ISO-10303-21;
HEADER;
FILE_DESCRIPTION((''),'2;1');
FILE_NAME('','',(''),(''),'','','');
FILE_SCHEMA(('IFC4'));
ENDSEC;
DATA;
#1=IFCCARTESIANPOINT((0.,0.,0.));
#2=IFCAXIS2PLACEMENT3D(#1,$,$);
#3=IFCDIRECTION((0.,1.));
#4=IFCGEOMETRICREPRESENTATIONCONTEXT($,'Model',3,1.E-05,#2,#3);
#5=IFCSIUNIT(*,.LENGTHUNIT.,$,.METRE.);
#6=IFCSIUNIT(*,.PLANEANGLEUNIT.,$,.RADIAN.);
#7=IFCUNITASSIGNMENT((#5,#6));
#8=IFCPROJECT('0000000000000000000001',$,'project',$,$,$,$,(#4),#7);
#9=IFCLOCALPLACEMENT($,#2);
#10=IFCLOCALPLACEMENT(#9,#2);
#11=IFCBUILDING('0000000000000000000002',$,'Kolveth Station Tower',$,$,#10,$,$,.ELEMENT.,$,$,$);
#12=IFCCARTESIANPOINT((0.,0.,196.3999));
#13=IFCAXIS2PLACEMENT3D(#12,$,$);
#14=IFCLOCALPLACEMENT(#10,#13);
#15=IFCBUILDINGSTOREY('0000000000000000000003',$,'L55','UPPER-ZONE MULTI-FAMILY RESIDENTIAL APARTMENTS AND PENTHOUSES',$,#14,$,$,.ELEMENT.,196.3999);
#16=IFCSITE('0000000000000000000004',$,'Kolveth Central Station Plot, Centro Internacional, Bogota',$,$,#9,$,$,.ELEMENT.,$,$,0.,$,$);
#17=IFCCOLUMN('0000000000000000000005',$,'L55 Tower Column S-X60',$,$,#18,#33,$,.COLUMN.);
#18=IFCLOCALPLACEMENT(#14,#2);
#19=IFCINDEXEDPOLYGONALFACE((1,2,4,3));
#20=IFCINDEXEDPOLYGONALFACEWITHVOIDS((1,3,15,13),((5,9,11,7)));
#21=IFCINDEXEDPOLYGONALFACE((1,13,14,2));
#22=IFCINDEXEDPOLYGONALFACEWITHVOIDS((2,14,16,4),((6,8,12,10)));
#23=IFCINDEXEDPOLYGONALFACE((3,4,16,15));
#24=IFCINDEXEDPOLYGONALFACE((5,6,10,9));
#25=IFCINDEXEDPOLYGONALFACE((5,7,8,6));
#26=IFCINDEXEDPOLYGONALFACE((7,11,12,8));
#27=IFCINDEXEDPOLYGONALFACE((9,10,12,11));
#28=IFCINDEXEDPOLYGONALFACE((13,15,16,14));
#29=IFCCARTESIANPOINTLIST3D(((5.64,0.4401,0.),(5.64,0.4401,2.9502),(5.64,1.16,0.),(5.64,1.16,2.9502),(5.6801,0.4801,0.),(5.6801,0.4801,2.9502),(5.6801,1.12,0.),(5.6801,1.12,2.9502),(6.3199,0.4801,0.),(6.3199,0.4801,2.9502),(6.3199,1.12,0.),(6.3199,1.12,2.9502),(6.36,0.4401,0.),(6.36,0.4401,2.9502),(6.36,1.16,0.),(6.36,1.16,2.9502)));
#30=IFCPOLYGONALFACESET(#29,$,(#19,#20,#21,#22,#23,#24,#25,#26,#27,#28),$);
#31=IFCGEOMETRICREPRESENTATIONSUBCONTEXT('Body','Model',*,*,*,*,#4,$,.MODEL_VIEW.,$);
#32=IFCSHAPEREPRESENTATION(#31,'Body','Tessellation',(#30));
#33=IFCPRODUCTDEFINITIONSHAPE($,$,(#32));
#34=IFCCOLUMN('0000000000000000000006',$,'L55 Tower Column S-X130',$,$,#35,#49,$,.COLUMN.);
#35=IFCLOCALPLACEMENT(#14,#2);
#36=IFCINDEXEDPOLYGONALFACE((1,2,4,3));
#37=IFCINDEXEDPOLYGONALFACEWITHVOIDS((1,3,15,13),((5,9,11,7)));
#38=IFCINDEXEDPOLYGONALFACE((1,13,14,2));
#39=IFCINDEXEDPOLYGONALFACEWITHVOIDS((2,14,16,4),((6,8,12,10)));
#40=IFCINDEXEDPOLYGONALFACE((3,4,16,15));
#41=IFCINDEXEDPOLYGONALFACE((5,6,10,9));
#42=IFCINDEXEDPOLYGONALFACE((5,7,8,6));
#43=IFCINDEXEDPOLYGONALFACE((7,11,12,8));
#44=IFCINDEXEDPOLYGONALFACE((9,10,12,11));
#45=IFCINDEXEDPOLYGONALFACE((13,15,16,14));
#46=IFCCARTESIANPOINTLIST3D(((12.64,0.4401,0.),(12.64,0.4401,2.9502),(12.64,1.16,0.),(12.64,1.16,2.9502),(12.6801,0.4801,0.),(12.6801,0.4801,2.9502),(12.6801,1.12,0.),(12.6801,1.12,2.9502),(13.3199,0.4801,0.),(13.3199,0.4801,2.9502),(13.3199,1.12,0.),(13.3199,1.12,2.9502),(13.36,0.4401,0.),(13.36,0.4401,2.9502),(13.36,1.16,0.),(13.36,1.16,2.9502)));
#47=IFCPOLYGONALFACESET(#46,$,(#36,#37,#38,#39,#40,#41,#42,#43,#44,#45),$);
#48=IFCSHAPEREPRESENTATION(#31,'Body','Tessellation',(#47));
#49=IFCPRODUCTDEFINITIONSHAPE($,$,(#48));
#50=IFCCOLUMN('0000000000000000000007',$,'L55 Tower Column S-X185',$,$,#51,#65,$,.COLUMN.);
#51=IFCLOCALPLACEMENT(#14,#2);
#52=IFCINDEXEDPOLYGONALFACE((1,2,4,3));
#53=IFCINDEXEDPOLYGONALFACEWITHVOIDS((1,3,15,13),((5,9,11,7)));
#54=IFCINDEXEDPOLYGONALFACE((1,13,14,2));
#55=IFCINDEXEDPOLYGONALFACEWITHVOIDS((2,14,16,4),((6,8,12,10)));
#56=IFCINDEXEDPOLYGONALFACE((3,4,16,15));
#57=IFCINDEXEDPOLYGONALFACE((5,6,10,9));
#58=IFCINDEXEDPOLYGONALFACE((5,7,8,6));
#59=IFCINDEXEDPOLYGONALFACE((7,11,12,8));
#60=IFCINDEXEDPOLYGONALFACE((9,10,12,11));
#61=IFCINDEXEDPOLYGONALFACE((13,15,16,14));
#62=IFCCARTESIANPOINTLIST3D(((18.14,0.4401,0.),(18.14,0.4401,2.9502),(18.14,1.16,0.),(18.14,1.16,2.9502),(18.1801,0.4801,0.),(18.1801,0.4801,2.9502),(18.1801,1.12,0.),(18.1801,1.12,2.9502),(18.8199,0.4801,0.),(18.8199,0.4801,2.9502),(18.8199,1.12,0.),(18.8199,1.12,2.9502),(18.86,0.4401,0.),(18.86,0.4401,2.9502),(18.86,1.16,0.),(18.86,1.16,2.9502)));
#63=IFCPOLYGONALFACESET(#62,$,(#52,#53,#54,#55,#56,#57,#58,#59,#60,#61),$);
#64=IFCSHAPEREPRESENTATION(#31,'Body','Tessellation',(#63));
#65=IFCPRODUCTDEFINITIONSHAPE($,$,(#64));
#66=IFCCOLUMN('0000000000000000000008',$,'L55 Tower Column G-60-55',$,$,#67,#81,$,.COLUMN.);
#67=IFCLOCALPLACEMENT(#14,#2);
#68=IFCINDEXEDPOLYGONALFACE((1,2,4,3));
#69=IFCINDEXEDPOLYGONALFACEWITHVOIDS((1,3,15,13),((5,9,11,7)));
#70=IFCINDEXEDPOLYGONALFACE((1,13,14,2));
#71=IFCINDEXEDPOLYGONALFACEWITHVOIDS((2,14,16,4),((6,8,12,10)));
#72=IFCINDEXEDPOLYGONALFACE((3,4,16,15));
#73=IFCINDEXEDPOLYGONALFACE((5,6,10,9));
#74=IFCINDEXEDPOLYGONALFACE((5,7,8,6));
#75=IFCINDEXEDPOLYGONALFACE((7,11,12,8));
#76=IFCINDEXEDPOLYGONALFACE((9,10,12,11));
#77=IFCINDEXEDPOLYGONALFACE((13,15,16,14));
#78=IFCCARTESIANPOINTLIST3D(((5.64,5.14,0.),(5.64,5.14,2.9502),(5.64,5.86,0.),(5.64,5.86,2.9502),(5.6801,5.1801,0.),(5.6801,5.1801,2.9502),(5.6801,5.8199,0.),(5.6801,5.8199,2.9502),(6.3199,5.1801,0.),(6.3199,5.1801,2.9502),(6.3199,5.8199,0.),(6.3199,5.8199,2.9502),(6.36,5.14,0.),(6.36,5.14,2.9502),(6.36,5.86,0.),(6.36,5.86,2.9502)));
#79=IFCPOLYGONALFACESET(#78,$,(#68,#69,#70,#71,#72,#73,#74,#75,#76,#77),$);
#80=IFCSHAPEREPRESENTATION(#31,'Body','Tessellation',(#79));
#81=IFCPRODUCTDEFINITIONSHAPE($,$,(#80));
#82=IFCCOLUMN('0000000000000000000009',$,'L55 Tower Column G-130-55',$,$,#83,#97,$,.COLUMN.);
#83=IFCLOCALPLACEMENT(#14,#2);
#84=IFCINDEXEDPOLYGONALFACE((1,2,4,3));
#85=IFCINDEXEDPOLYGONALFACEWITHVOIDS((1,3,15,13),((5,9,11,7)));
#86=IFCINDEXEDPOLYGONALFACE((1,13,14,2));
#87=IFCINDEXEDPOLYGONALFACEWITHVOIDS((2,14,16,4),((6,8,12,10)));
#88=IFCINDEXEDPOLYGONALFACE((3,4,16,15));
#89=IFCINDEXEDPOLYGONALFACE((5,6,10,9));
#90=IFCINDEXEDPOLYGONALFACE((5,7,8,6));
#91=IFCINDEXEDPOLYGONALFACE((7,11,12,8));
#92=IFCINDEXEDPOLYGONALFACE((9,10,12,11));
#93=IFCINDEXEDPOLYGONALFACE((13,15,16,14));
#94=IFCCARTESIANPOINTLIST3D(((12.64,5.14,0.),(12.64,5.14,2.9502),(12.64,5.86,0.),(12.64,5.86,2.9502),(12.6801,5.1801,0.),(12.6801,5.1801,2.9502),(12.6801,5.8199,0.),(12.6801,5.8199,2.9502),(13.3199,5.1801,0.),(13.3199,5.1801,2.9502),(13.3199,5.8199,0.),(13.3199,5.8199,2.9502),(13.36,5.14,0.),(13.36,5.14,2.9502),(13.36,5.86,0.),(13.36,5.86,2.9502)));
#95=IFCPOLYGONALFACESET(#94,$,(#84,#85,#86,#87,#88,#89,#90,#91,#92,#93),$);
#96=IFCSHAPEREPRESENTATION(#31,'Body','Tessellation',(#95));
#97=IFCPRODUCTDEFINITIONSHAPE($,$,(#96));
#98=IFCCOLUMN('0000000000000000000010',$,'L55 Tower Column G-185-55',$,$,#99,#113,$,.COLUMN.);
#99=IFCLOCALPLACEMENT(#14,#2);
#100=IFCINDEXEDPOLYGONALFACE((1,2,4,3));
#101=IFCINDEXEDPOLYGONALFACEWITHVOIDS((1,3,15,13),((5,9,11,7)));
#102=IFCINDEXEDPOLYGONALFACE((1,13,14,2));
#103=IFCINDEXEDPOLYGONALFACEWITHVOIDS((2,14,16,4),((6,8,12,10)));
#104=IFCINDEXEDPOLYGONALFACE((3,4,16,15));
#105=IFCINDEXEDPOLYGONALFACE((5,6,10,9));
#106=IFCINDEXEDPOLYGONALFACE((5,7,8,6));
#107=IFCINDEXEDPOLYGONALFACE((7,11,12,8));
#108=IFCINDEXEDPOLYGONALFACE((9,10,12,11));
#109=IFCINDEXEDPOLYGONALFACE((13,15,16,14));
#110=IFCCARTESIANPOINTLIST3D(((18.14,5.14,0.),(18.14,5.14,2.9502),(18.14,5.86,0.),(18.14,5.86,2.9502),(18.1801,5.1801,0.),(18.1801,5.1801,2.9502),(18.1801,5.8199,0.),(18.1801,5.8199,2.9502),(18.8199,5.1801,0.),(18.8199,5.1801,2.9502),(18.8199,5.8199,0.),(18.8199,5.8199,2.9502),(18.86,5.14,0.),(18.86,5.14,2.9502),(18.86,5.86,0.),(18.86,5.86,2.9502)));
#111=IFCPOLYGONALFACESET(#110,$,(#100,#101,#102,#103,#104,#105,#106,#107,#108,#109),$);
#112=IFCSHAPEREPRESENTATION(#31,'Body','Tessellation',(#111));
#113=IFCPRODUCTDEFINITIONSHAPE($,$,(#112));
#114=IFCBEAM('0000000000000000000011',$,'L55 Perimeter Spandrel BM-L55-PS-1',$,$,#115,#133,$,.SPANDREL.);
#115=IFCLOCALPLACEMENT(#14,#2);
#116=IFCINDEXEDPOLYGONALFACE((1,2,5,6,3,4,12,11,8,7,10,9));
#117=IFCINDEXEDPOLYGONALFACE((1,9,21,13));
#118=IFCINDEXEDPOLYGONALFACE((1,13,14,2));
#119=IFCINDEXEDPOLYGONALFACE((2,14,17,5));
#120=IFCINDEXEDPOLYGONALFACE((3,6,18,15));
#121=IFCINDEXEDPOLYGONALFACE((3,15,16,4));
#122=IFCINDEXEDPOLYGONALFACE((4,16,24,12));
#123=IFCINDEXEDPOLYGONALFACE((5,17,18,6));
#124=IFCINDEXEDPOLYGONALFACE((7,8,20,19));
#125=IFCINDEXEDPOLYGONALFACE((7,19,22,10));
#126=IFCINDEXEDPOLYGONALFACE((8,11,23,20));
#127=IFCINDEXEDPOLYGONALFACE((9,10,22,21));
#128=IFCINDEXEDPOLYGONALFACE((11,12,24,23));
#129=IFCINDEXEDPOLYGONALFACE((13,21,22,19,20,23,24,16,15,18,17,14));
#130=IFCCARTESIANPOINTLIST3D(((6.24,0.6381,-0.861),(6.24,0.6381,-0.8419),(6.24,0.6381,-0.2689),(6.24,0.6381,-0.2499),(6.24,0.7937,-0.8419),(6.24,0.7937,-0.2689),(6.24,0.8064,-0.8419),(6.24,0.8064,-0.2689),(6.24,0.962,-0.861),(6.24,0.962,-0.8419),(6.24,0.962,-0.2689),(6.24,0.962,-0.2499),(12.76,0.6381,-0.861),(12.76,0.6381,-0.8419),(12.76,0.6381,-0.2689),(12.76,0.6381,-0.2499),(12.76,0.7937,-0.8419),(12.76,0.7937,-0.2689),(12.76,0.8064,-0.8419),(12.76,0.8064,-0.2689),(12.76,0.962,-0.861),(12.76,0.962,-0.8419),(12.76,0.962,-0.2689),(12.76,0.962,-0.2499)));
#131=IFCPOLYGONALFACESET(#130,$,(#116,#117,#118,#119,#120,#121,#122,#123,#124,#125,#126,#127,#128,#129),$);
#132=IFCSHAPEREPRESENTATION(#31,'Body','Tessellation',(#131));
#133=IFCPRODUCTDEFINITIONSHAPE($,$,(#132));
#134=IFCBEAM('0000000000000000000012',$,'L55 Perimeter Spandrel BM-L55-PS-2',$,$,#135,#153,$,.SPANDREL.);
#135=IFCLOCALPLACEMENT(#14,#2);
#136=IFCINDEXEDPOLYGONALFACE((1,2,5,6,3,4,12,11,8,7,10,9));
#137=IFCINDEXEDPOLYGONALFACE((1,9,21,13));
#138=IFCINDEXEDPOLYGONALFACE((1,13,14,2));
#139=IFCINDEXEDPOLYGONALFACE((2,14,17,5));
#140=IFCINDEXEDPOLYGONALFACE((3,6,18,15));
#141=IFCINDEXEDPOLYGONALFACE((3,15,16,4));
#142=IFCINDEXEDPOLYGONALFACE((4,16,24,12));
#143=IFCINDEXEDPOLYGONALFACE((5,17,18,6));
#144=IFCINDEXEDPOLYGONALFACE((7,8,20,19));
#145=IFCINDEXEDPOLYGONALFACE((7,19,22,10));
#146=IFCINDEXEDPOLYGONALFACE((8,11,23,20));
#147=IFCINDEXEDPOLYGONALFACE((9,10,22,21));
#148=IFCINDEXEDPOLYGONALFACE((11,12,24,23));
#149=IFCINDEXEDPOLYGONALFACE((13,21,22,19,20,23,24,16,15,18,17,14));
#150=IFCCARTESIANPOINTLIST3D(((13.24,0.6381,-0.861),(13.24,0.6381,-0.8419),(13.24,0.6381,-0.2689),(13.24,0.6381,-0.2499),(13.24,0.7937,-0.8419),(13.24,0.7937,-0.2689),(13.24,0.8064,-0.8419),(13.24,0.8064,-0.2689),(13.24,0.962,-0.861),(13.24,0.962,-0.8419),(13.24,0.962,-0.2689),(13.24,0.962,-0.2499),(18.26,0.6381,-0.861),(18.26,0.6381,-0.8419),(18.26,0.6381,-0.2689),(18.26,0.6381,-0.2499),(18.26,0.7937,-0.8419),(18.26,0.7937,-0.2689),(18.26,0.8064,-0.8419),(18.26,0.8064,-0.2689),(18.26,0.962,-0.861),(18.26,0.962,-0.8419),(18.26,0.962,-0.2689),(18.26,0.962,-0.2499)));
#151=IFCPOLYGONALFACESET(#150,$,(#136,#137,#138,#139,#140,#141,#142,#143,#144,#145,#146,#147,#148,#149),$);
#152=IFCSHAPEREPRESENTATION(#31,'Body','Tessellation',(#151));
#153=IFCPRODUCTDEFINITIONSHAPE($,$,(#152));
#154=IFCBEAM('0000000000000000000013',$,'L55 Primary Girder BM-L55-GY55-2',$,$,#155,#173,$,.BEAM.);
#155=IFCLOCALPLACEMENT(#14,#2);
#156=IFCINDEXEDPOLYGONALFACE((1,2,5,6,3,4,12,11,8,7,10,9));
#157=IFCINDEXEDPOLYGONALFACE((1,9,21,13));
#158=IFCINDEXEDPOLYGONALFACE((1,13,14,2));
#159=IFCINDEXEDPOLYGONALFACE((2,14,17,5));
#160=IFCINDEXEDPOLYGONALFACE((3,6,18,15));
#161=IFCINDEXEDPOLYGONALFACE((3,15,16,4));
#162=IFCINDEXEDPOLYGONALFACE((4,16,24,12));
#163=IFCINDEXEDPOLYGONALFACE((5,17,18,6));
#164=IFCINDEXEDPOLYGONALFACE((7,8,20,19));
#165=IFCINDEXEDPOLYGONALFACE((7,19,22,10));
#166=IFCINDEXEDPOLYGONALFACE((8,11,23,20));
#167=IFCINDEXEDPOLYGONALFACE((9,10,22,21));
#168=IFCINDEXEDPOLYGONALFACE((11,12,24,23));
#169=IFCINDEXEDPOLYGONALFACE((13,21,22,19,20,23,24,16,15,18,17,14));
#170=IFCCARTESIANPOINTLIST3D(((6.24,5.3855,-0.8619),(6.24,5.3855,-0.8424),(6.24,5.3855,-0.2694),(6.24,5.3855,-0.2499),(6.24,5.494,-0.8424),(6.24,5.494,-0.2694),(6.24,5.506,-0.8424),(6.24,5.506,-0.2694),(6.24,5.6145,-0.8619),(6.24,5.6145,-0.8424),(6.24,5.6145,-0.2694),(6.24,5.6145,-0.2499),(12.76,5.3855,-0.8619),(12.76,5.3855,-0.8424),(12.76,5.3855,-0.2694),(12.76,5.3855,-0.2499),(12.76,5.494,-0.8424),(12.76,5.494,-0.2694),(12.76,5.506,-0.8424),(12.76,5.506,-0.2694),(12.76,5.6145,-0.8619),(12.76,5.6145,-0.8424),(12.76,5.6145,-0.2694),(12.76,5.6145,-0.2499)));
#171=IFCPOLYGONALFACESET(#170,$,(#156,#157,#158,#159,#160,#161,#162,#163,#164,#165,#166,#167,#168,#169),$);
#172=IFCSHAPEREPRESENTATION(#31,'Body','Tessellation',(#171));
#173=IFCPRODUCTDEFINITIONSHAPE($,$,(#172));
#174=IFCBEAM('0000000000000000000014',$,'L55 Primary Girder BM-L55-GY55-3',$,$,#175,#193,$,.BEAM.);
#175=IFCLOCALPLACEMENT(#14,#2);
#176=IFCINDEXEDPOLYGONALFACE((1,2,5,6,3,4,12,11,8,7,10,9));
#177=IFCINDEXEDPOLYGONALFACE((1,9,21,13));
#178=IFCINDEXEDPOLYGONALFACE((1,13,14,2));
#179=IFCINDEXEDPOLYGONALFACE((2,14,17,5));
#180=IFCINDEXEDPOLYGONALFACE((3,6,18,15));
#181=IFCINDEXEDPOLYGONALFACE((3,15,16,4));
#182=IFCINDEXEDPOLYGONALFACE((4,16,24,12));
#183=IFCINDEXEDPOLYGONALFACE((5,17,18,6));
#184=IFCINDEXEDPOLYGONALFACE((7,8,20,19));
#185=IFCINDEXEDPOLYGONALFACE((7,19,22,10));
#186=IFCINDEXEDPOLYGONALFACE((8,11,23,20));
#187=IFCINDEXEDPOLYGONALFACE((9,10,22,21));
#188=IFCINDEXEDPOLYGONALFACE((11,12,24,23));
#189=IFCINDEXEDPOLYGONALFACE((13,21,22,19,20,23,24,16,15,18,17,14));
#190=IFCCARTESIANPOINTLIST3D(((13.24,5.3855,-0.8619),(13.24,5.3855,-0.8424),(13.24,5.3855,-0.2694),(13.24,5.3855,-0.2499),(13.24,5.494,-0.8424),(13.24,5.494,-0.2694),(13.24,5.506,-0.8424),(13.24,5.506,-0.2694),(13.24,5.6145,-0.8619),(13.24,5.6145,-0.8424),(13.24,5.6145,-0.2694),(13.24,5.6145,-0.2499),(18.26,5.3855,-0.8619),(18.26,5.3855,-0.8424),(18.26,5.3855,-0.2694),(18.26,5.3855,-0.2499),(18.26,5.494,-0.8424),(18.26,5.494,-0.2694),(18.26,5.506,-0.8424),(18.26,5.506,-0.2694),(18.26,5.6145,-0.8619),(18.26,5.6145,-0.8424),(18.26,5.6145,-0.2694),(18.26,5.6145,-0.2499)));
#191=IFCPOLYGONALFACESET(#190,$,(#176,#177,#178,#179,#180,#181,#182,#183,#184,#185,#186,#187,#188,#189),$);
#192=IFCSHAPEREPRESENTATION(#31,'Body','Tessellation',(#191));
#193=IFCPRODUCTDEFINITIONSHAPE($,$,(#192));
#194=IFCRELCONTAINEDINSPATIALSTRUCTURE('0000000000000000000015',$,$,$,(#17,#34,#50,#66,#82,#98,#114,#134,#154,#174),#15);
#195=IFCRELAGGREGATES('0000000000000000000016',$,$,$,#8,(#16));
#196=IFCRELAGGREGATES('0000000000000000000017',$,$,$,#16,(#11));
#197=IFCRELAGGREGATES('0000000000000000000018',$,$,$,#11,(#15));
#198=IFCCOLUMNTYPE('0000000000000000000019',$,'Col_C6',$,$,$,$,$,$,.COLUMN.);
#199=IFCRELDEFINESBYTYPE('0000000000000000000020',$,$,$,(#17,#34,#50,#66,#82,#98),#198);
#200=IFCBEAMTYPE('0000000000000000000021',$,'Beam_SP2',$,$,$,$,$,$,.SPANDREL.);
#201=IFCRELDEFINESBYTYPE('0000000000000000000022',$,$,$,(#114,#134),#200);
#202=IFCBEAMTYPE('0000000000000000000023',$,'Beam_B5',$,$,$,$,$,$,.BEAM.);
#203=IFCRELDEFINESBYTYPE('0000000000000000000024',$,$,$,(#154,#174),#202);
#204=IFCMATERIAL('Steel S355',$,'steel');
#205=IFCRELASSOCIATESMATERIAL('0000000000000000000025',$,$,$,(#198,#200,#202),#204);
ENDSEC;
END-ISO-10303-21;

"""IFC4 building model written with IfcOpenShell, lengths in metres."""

from ifc_helpers import new_model, si_unit, direction, frame, origin, origin_2d, place, context, subcontext, project, spatial, hollow_rectangle, i_section, extrude, source, transform, mapped, material, material_profile, profile_set, type_object, element, save


model = new_model("IFC4")

# Units and contexts
model_context = context("Model", 3, precision=1e-05, world=origin(), true_north=direction((0.0, 1.0)))
body_context = subcontext(model_context, "Body", "Model", "MODEL_VIEW")
ifc_project = project(units=[si_unit("LENGTHUNIT", "METRE"), si_unit("PLANEANGLEUNIT", "RADIAN")], contexts=[model_context])

# Site, building, storey
site_placement = place(None, origin())
site = spatial("IfcSite", under=ifc_project, at=site_placement, Name="Kolveth Central Station Plot, Centro Internacional, Bogota", CompositionType="ELEMENT", RefElevation=0.0)
building_placement = place(site_placement, origin())
building = spatial("IfcBuilding", under=site, at=building_placement, Name="Kolveth Station Tower", CompositionType="ELEMENT")
storey_placement = place(building_placement, frame((0.0, 0.0, 196.3999)))
storey = spatial("IfcBuildingStorey", under=building, at=storey_placement, Name="L55", Description="UPPER-ZONE MULTI-FAMILY RESIDENTIAL APARTMENTS AND PENTHOUSES", CompositionType="ELEMENT", Elevation=196.3999)

# Columns
ifc_material_1 = material(Name="Steel S355", Category="steel")
ifc_material_profile_1 = material_profile(ifc_material_1, hollow_rectangle(XDim=0.72, YDim=0.72, WallThickness=0.04, at=origin_2d()), Name="BOX720x720x40")
ifc_profile_set_1 = profile_set([ifc_material_profile_1], Name="Steel S355")
column_type = type_object("IfcColumnType", Name="Col_C6", PredefinedType="COLUMN", material=ifc_profile_set_1)
shared_shape_1 = source(origin(), body_context, "Body", "SweptSolid", [
    extrude(hollow_rectangle(XDim=0.72, YDim=0.72, WallThickness=0.04, at=origin_2d()), origin(), (0.0, 0.0, 1.0), 2.9502),
])
for number, where, z_axis, x_axis, name in (
    (1, (6.0, 0.8, 0.0), (0.0, 0.0, 1.0), (1.0, 0.0, 0.0), "L55 Tower Column S-X60"),
    (2, (13.0, 0.8, 0.0), (0.0, 0.0, 1.0), (1.0, 0.0, 0.0), "L55 Tower Column S-X130"),
    (3, (18.5, 0.8, 0.0), (0.0, 0.0, 1.0), (1.0, 0.0, 0.0), "L55 Tower Column S-X185"),
    (4, (6.0, 5.5, 0.0), (0.0, 0.0, 1.0), (1.0, 0.0, 0.0), "L55 Tower Column G-60-55"),
    (5, (13.0, 5.5, 0.0), (0.0, 0.0, 1.0), (1.0, 0.0, 0.0), "L55 Tower Column G-130-55"),
    (6, (18.5, 5.5, 0.0), (0.0, 0.0, 1.0), (1.0, 0.0, 0.0), "L55 Tower Column G-185-55"),
):
    element("IfcColumn", number, at=place(storey_placement, frame(where, z_axis=z_axis, x_axis=x_axis)), inside=storey, type_object=column_type, Name=name, PredefinedType="COLUMN", context=body_context, shape_type="MappedRepresentation", body=[
        mapped(shared_shape_1, transform((0.0, 0.0, 0.0), x_axis=(1.0, 0.0, 0.0), y_axis=(0.0, 1.0, 0.0), z_axis=(0.0, 0.0, 1.0), scale=1.0)),
    ])

# Beams
ifc_material_profile_2 = material_profile(ifc_material_1, i_section(OverallWidth=0.324, OverallDepth=0.6111, WebThickness=0.0127, FlangeThickness=0.019, at=origin_2d()), Name="W610x155")
ifc_profile_set_2 = profile_set([ifc_material_profile_2], Name="Steel S355")
beam_type_1 = type_object("IfcBeamType", Name="Beam_SP2", PredefinedType="SPANDREL", material=ifc_profile_set_2)
shared_shape_2 = source(origin(), body_context, "Body", "SweptSolid", [
    extrude(i_section(OverallWidth=0.324, OverallDepth=0.6111, WebThickness=0.0127, FlangeThickness=0.019, at=origin_2d()), origin(), (0.0, 0.0, 1.0), 6.52),
])
beam_1_placement = place(storey_placement, frame((6.24, 0.8, -0.5554), z_axis=(1.0, 0.0, 0.0), x_axis=(0.0, 1.0, 0.0)))
element("IfcBeam", 7, at=beam_1_placement, inside=storey, type_object=beam_type_1, Name="L55 Perimeter Spandrel BM-L55-PS-1", PredefinedType="SPANDREL", context=body_context, shape_type="MappedRepresentation", body=[
    mapped(shared_shape_2, transform((0.0, 0.0, 0.0), x_axis=(1.0, 0.0, 0.0), y_axis=(0.0, 1.0, 0.0), z_axis=(0.0, 0.0, 1.0), scale=1.0)),
])
shared_shape_3 = source(origin(), body_context, "Body", "SweptSolid", [
    extrude(i_section(OverallWidth=0.324, OverallDepth=0.6111, WebThickness=0.0127, FlangeThickness=0.019, at=origin_2d()), origin(), (0.0, 0.0, 1.0), 5.02),
])
beam_2_placement = place(storey_placement, frame((13.24, 0.8, -0.5554), z_axis=(1.0, 0.0, 0.0), x_axis=(0.0, 1.0, 0.0)))
element("IfcBeam", 8, at=beam_2_placement, inside=storey, type_object=beam_type_1, Name="L55 Perimeter Spandrel BM-L55-PS-2", PredefinedType="SPANDREL", context=body_context, shape_type="MappedRepresentation", body=[
    mapped(shared_shape_3, transform((0.0, 0.0, 0.0), x_axis=(1.0, 0.0, 0.0), y_axis=(0.0, 1.0, 0.0), z_axis=(0.0, 0.0, 1.0), scale=1.0)),
])
ifc_material_profile_3 = material_profile(ifc_material_1, i_section(OverallWidth=0.229, OverallDepth=0.6121, WebThickness=0.012, FlangeThickness=0.0195, at=origin_2d()), Name="W610x125")
ifc_profile_set_3 = profile_set([ifc_material_profile_3], Name="Steel S355")
beam_type_2 = type_object("IfcBeamType", Name="Beam_B5", PredefinedType="BEAM", material=ifc_profile_set_3)
shared_shape_4 = source(origin(), body_context, "Body", "SweptSolid", [
    extrude(i_section(OverallWidth=0.229, OverallDepth=0.6121, WebThickness=0.012, FlangeThickness=0.0195, at=origin_2d()), origin(), (0.0, 0.0, 1.0), 6.52),
])
beam_3_placement = place(storey_placement, frame((6.24, 5.5, -0.5559), z_axis=(1.0, 0.0, 0.0), x_axis=(0.0, 1.0, 0.0)))
element("IfcBeam", 9, at=beam_3_placement, inside=storey, type_object=beam_type_2, Name="L55 Primary Girder BM-L55-GY55-2", PredefinedType="BEAM", context=body_context, shape_type="MappedRepresentation", body=[
    mapped(shared_shape_4, transform((0.0, 0.0, 0.0), x_axis=(1.0, 0.0, 0.0), y_axis=(0.0, 1.0, 0.0), z_axis=(0.0, 0.0, 1.0), scale=1.0)),
])
shared_shape_5 = source(origin(), body_context, "Body", "SweptSolid", [
    extrude(i_section(OverallWidth=0.229, OverallDepth=0.6121, WebThickness=0.012, FlangeThickness=0.0195, at=origin_2d()), origin(), (0.0, 0.0, 1.0), 5.02),
])
beam_4_placement = place(storey_placement, frame((13.24, 5.5, -0.5559), z_axis=(1.0, 0.0, 0.0), x_axis=(0.0, 1.0, 0.0)))
element("IfcBeam", 10, at=beam_4_placement, inside=storey, type_object=beam_type_2, Name="L55 Primary Girder BM-L55-GY55-3", PredefinedType="BEAM", context=body_context, shape_type="MappedRepresentation", body=[
    mapped(shared_shape_5, transform((0.0, 0.0, 0.0), x_axis=(1.0, 0.0, 0.0), y_axis=(0.0, 1.0, 0.0), z_axis=(0.0, 0.0, 1.0), scale=1.0)),
])

save(model, "model.ifc")
